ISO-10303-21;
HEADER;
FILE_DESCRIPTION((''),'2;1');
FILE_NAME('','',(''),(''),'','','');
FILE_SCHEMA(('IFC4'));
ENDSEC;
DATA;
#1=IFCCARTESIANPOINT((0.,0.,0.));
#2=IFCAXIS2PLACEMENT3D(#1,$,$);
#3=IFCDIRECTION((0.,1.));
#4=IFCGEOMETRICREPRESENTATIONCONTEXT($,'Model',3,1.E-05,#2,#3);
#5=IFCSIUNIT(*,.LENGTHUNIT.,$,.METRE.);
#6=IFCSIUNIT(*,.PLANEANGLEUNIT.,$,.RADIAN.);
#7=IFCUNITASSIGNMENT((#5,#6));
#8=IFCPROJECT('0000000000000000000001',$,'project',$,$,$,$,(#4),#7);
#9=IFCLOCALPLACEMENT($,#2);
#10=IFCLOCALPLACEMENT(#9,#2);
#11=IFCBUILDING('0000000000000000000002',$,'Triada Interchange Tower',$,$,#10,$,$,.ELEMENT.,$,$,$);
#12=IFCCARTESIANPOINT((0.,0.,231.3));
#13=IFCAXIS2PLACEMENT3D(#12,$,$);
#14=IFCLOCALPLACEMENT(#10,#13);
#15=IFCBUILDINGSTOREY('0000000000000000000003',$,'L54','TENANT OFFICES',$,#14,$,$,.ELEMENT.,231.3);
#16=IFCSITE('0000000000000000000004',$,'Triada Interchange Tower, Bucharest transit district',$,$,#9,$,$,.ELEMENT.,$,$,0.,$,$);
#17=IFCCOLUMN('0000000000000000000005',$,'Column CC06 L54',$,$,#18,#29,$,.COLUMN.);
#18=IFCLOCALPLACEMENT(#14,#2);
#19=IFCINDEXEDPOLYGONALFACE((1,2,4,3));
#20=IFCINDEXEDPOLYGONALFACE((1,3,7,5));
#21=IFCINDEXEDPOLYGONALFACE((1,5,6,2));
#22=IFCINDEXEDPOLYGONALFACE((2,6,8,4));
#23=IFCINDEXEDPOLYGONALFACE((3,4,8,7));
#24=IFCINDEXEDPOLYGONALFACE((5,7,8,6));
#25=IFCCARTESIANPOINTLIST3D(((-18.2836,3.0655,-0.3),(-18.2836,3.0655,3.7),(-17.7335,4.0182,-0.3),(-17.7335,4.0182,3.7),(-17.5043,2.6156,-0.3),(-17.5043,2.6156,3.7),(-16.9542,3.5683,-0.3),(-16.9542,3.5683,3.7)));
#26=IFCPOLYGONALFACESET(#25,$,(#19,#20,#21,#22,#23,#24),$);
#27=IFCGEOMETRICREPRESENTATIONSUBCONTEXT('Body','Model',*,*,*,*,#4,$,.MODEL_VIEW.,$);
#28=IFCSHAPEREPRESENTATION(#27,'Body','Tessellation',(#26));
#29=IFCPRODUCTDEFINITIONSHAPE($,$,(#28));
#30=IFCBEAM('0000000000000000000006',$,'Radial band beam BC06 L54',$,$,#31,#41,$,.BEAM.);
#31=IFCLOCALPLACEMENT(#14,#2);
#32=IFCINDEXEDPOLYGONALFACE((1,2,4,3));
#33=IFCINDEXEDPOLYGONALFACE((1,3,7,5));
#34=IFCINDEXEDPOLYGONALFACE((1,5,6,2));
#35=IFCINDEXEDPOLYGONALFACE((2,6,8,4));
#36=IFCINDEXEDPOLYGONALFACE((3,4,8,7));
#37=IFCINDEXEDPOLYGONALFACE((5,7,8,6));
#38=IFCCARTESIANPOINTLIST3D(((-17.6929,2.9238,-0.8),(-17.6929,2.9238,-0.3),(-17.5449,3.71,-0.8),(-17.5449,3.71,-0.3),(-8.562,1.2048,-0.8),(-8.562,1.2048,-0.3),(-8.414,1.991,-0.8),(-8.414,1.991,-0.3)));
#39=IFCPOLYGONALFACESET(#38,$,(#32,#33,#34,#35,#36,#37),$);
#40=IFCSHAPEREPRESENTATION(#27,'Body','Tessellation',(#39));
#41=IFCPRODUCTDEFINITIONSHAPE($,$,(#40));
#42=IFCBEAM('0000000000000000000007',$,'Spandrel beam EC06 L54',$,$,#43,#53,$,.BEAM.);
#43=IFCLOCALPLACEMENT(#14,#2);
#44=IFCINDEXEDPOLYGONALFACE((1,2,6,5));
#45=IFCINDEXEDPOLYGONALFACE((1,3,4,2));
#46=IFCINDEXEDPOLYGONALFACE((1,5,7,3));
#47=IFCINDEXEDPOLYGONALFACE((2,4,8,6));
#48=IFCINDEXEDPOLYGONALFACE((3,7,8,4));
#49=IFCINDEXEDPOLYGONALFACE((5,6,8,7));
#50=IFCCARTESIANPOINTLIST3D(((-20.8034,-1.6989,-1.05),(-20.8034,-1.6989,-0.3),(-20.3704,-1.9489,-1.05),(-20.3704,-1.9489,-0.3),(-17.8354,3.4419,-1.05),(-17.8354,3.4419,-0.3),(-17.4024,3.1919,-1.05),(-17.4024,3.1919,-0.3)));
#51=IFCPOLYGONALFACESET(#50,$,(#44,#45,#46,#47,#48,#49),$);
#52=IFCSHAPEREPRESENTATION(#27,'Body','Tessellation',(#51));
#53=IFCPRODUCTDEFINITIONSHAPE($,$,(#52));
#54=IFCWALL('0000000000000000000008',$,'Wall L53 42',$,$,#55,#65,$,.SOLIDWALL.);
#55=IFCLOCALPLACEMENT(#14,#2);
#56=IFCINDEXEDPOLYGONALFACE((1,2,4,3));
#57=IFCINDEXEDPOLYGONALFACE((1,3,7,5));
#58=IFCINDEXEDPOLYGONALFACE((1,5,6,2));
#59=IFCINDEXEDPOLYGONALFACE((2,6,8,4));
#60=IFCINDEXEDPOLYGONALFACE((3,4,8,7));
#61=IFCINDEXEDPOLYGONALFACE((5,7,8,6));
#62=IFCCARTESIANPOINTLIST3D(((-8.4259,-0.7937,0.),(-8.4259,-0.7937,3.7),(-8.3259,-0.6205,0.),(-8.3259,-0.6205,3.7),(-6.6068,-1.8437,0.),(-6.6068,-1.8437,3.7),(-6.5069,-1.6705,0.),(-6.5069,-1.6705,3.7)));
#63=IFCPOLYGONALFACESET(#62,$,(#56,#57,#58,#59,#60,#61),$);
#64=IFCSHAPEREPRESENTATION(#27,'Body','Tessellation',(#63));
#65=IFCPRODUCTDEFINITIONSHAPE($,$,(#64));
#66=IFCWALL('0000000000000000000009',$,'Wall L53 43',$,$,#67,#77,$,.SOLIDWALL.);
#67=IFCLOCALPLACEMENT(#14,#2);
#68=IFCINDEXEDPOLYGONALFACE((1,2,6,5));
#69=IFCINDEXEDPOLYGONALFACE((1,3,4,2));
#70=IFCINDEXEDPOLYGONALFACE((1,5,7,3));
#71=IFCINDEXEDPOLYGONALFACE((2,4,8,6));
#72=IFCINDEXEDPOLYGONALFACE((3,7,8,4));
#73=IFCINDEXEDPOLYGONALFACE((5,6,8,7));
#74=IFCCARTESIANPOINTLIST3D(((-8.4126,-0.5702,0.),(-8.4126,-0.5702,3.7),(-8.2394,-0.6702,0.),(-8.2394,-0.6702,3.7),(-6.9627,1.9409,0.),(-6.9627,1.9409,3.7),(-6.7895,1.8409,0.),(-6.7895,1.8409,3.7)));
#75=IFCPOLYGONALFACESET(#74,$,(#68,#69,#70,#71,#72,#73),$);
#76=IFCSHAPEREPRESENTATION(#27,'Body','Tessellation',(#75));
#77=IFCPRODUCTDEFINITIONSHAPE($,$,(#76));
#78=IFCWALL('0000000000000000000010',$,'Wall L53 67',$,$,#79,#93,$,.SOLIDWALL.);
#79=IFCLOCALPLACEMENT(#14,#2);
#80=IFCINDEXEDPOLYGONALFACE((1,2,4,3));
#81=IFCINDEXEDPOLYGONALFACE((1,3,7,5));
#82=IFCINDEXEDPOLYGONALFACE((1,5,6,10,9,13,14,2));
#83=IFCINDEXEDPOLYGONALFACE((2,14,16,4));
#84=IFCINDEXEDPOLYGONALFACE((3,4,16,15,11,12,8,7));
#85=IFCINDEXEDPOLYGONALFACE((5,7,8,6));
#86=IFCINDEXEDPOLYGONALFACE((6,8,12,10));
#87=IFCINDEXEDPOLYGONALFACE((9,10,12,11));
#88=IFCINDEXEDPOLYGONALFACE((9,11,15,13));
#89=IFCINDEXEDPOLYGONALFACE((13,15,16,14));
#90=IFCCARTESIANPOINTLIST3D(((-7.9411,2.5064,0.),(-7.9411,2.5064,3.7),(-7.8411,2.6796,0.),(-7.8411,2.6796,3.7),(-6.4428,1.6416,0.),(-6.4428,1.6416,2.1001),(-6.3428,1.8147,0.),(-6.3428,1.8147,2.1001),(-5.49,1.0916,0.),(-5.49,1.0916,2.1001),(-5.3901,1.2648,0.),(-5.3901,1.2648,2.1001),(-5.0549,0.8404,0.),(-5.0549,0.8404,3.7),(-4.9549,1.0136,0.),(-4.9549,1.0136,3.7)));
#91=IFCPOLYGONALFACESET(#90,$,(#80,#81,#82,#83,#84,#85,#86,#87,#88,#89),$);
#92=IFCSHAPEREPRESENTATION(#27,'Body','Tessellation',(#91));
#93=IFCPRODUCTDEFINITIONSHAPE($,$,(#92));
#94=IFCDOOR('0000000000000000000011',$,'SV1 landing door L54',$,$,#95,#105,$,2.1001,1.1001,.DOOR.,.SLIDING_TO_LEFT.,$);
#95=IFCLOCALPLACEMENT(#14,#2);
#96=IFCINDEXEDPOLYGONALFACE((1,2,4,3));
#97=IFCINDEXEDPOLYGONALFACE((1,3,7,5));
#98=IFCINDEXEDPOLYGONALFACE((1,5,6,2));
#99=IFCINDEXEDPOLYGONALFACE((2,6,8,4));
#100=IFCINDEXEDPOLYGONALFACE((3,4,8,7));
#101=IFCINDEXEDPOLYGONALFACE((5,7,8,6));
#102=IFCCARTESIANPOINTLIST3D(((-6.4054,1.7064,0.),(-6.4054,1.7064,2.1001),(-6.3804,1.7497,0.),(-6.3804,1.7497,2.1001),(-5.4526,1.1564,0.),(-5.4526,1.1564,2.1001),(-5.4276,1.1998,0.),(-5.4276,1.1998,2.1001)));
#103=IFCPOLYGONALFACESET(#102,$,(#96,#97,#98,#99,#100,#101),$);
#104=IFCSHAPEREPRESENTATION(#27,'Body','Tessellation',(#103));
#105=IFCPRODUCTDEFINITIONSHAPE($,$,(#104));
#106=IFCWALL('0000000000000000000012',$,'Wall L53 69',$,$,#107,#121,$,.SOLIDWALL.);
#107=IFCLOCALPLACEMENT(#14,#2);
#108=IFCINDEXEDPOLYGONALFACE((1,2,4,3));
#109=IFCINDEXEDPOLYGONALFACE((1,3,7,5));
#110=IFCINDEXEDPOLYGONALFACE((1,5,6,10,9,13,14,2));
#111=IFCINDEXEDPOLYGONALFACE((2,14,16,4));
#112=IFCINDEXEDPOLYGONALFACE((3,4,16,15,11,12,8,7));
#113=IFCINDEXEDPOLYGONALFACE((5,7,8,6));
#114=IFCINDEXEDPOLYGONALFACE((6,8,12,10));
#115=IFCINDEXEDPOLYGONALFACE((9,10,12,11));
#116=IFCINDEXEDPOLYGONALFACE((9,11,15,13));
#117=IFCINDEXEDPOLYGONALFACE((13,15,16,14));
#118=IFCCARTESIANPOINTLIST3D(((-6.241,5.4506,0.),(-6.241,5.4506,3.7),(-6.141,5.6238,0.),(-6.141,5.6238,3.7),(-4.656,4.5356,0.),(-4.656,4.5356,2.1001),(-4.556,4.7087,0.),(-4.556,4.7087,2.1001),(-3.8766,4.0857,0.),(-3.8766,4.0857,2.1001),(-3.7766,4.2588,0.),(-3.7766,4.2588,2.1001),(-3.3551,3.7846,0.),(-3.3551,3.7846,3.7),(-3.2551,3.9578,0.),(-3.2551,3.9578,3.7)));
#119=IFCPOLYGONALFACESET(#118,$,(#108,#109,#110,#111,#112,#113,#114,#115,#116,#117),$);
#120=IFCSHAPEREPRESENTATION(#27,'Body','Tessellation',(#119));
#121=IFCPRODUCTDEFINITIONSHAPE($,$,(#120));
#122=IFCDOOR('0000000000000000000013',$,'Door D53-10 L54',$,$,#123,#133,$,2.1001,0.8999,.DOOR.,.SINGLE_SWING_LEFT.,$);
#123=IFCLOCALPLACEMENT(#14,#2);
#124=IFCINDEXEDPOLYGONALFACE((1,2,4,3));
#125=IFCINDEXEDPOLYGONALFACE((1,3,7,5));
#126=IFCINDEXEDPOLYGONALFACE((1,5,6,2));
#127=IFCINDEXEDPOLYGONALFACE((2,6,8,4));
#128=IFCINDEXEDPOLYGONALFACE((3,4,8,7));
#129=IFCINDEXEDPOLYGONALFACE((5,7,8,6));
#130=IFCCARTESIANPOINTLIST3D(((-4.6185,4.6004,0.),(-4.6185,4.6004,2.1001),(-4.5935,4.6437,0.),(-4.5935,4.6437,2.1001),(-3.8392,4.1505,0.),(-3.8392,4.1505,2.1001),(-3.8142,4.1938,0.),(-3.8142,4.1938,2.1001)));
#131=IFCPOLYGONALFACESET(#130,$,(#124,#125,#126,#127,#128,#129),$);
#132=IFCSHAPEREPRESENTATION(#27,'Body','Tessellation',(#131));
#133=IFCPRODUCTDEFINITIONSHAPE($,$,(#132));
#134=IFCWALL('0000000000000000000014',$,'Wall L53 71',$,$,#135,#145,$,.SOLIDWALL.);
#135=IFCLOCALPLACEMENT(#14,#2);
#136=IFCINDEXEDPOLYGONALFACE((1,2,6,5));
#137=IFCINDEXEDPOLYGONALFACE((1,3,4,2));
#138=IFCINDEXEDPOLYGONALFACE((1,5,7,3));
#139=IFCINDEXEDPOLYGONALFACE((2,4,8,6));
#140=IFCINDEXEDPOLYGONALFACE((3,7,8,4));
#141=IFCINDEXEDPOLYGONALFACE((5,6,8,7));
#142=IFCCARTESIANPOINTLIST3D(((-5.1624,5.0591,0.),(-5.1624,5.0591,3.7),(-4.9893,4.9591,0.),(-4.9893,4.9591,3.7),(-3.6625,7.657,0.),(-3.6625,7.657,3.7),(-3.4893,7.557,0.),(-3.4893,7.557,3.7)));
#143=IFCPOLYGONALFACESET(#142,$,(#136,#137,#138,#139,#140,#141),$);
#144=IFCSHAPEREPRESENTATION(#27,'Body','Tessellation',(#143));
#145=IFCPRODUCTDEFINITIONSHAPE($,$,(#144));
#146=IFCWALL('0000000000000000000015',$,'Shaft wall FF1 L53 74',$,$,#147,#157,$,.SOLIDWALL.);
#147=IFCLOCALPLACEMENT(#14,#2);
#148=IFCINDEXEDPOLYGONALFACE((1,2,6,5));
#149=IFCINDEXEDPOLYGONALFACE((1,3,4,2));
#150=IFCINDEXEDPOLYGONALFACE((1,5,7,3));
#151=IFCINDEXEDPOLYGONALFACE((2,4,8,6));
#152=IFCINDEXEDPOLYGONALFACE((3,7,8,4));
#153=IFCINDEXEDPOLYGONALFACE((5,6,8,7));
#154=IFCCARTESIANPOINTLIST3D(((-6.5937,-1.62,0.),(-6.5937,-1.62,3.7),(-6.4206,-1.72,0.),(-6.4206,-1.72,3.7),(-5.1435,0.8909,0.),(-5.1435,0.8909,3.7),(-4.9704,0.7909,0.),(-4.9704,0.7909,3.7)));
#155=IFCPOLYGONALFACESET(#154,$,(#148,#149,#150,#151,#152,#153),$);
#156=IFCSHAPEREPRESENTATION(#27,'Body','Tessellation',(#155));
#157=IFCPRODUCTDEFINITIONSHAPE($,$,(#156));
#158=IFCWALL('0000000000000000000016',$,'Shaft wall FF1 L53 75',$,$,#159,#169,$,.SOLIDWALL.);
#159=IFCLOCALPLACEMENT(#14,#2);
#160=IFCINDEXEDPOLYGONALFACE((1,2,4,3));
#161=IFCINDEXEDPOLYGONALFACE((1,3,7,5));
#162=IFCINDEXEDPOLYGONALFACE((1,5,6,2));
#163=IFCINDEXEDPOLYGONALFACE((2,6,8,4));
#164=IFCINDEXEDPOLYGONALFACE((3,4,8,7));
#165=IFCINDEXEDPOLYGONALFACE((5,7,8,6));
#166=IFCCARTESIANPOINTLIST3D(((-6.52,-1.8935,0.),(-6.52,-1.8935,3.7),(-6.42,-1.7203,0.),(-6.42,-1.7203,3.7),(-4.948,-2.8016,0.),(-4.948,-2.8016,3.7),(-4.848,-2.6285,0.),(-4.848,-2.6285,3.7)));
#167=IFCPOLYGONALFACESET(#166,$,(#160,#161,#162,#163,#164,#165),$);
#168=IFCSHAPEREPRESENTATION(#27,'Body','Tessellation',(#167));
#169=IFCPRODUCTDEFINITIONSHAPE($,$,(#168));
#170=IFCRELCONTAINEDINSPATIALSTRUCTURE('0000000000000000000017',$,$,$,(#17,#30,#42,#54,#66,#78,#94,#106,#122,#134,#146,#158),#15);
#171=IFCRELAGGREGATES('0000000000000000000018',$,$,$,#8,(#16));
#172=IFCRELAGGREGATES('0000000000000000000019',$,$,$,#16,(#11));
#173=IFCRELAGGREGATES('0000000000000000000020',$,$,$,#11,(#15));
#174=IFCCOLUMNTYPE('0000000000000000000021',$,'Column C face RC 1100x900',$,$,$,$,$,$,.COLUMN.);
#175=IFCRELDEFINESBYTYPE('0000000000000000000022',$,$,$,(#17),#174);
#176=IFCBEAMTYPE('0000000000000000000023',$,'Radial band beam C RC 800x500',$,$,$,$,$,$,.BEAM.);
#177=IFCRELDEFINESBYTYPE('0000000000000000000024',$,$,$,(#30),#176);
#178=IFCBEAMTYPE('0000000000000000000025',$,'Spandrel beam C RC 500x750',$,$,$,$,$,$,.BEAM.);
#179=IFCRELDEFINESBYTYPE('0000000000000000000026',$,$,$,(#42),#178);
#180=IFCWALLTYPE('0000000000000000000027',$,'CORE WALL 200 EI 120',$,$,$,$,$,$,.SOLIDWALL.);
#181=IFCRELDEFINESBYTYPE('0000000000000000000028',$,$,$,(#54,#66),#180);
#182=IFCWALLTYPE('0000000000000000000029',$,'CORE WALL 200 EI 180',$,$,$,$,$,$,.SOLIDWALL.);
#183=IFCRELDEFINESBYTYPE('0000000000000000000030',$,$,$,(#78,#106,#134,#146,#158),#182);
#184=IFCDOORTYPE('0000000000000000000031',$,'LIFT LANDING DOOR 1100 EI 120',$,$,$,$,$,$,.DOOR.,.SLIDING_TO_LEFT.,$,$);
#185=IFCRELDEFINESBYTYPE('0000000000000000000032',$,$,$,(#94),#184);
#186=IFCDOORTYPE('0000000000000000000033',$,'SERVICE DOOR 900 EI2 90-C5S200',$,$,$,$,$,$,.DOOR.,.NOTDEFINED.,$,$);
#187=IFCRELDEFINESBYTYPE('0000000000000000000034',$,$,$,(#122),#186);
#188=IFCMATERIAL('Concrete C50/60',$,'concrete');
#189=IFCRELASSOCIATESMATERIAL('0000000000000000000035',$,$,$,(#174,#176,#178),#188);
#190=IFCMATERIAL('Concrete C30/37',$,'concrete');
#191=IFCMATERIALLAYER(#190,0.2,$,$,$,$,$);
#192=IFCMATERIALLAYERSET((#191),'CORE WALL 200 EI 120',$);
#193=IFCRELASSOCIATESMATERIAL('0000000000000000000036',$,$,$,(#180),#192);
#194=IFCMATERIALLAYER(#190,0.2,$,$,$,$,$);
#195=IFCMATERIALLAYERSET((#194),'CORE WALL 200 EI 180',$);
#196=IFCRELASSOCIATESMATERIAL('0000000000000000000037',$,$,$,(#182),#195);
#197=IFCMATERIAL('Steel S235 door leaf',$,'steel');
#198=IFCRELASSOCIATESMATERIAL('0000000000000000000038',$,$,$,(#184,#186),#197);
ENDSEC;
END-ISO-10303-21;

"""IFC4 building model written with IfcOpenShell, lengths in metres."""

from ifc_helpers import new_model, si_unit, direction, frame, frame_2d, origin, origin_2d, place, context, subcontext, project, spatial, rectangle, extrude, material, layer, layer_set, material_profile, profile_set, type_object, element, fill, save


model = new_model("IFC4")

# Units and contexts
model_context = context("Model", 3, precision=1e-05, world=origin(), true_north=direction((0.0, 1.0)))
body_context = subcontext(model_context, "Body", "Model", "MODEL_VIEW")
ifc_project = project(units=[si_unit("LENGTHUNIT", "METRE"), si_unit("PLANEANGLEUNIT", "RADIAN")], contexts=[model_context])

# Site, building, storey
site_placement = place(None, origin())
site = spatial("IfcSite", under=ifc_project, at=site_placement, Name="Triada Interchange Tower, Bucharest transit district", CompositionType="ELEMENT", RefElevation=0.0)
building_placement = place(site_placement, origin())
building = spatial("IfcBuilding", under=site, at=building_placement, Name="Triada Interchange Tower", CompositionType="ELEMENT")
storey_placement = place(building_placement, frame((0.0, 0.0, 231.3)))
storey = spatial("IfcBuildingStorey", under=building, at=storey_placement, Name="L54", Description="TENANT OFFICES", CompositionType="ELEMENT", Elevation=231.3)

# Column
ifc_material_1 = material(Name="Concrete C50/60", Category="concrete")
ifc_material_profile_1 = material_profile(ifc_material_1, rectangle(XDim=1.1001, YDim=0.8999, at=origin_2d()), Name="RC 1100x900")
ifc_profile_set_1 = profile_set([ifc_material_profile_1], Name="Concrete C50/60")
column_type = type_object("IfcColumnType", Name="Column C face RC 1100x900", PredefinedType="COLUMN", material=ifc_profile_set_1)
column_placement = place(storey_placement, frame((-17.6189, 3.3169, -0.3), z_axis=(0.0, 0.0, 1.0), x_axis=(0.5, 0.866025, 0.0)))
element("IfcColumn", 1, at=column_placement, inside=storey, type_object=column_type, Name="Column CC06 L54", PredefinedType="COLUMN", context=body_context, shape_type="SweptSolid", body=[
    extrude(rectangle(XDim=1.1001, YDim=0.8999, at=origin_2d()), origin(), (0.0, 0.0, 1.0), 4.0),
])

# Beams
ifc_material_profile_2 = material_profile(ifc_material_1, rectangle(XDim=0.8, YDim=0.5, at=origin_2d()), Name="RC 800x500")
ifc_profile_set_2 = profile_set([ifc_material_profile_2], Name="Concrete C50/60")
beam_type_1 = type_object("IfcBeamType", Name="Radial band beam C RC 800x500", PredefinedType="BEAM", material=ifc_profile_set_2)
beam_1_placement = place(storey_placement, frame((-17.6189, 3.3169, -0.55), z_axis=(0.982736, -0.185012, 0.0), x_axis=(0.185012, 0.982736, 0.0)))
element("IfcBeam", 2, at=beam_1_placement, inside=storey, type_object=beam_type_1, Name="Radial band beam BC06 L54", PredefinedType="BEAM", context=body_context, shape_type="SweptSolid", body=[
    extrude(rectangle(XDim=0.8, YDim=0.5, at=origin_2d()), origin(), (0.0, 0.0, 1.0), 9.2913),
])
ifc_material_profile_3 = material_profile(ifc_material_1, rectangle(XDim=0.5, YDim=0.75, at=origin_2d()), Name="RC 500x750")
ifc_profile_set_3 = profile_set([ifc_material_profile_3], Name="Concrete C50/60")
beam_type_2 = type_object("IfcBeamType", Name="Spandrel beam C RC 500x750", PredefinedType="BEAM", material=ifc_profile_set_3)
beam_2_placement = place(storey_placement, frame((-17.6189, 3.3169, -0.675), z_axis=(-0.499992, -0.86603, 0.0), x_axis=(0.86603, -0.499992, 0.0)))
element("IfcBeam", 3, at=beam_2_placement, inside=storey, type_object=beam_type_2, Name="Spandrel beam EC06 L54", PredefinedType="BEAM", context=body_context, shape_type="SweptSolid", body=[
    extrude(rectangle(XDim=0.5, YDim=0.75, at=origin_2d()), origin(), (0.0, 0.0, 1.0), 5.936),
])

# Walls
ifc_material_2 = material(Name="Concrete C30/37", Category="concrete")
ifc_layer_1 = layer(ifc_material_2, 0.2)
ifc_layer_set_1 = layer_set([ifc_layer_1], Name="CORE WALL 200 EI 120")
wall_type_1 = type_object("IfcWallType", Name="CORE WALL 200 EI 120", PredefinedType="SOLIDWALL", material=ifc_layer_set_1)
wall_1_placement = place(storey_placement, frame((-8.376, -0.707, 0.0), z_axis=(0.0, 0.0, 1.0), x_axis=(0.866068, -0.499927, 0.0)))
element("IfcWall", 4, at=wall_1_placement, inside=storey, type_object=wall_type_1, Name="Wall L53 42", PredefinedType="SOLIDWALL", context=body_context, shape_type="SweptSolid", body=[
    extrude(rectangle(XDim=2.1003, YDim=0.2, at=frame_2d((1.0503, 0.0))), origin(), (0.0, 0.0, 1.0), 3.7),
])
wall_2_placement = place(storey_placement, frame((-8.3259, -0.6201, 0.0), z_axis=(0.0, 0.0, 1.0), x_axis=(0.500024, 0.866012, 0.0)))
element("IfcWall", 5, at=wall_2_placement, inside=storey, type_object=wall_type_1, Name="Wall L53 43", PredefinedType="SOLIDWALL", context=body_context, shape_type="SweptSolid", body=[
    extrude(rectangle(XDim=2.8997, YDim=0.2, at=frame_2d((1.4497, 0.0))), origin(), (0.0, 0.0, 1.0), 3.7),
])

# Walls, openings, doors
ifc_layer_2 = layer(ifc_material_2, 0.2)
ifc_layer_set_2 = layer_set([ifc_layer_2], Name="CORE WALL 200 EI 180")
wall_type_2 = type_object("IfcWallType", Name="CORE WALL 200 EI 180", PredefinedType="SOLIDWALL", material=ifc_layer_set_2)
wall_3_placement = place(storey_placement, frame((-7.8911, 2.593, 0.0), z_axis=(0.0, 0.0, 1.0), x_axis=(0.866071, -0.499921, 0.0)))
wall_3 = element("IfcWall", 6, at=wall_3_placement, inside=storey, type_object=wall_type_2, Name="Wall L53 67", PredefinedType="SOLIDWALL", context=body_context, shape_type="SweptSolid", body=[
    extrude(rectangle(XDim=3.3325, YDim=0.2, at=frame_2d((1.6663, 0.0))), origin(), (0.0, 0.0, 1.0), 3.7),
])
opening_1_placement = place(wall_3_placement, frame((1.73, 0.0, 0.0)))
opening_1 = element("IfcOpeningElement", 7, at=opening_1_placement, cuts=wall_3, PredefinedType="OPENING", context=body_context, shape_type="SweptSolid", body=[
    extrude(rectangle(XDim=1.1001, YDim=2.1001, at=frame_2d((0.55, 1.05))), frame((0.0, 0.1099, 0.0), z_axis=(0.0, -1.0, 0.0), x_axis=(1.0, 0.0, 0.0)), (0.0, 0.0, 1.0), 0.22),
])
ifc_material_3 = material(Name="Steel S235 door leaf", Category="steel")
door_type_1 = type_object("IfcDoorType", Name="LIFT LANDING DOOR 1100 EI 120", OperationType="SLIDING_TO_LEFT", PredefinedType="DOOR", material=ifc_material_3)
door_1_placement = place(opening_1_placement, origin())
door_1 = element("IfcDoor", 8, at=door_1_placement, inside=storey, type_object=door_type_1, Name="SV1 landing door L54", OperationType="SLIDING_TO_LEFT", OverallHeight=2.1001, OverallWidth=1.1001, PredefinedType="DOOR", context=body_context, shape_type="SweptSolid", body=[
    extrude(rectangle(XDim=1.1001, YDim=2.1001, at=frame_2d((0.55, 1.05))), frame((0.0, 0.0249, 0.0), z_axis=(0.0, -1.0, 0.0), x_axis=(1.0, 0.0, 0.0)), (0.0, 0.0, 1.0), 0.05),
])
fill(opening_1, door_1)
wall_4_placement = place(storey_placement, frame((-6.1909, 5.5371, 0.0), z_axis=(0.0, 0.0, 1.0), x_axis=(0.866053, -0.499953, 0.0)))
wall_4 = element("IfcWall", 9, at=wall_4_placement, inside=storey, type_object=wall_type_2, Name="Wall L53 69", PredefinedType="SOLIDWALL", context=body_context, shape_type="SweptSolid", body=[
    extrude(rectangle(XDim=3.3323, YDim=0.2, at=frame_2d((1.666, 0.0))), origin(), (0.0, 0.0, 1.0), 3.7),
])
opening_2_placement = place(wall_4_placement, frame((1.8301, 0.0, 0.0)))
opening_2 = element("IfcOpeningElement", 10, at=opening_2_placement, cuts=wall_4, PredefinedType="OPENING", context=body_context, shape_type="SweptSolid", body=[
    extrude(rectangle(XDim=0.8999, YDim=2.1001, at=frame_2d((0.45, 1.05))), frame((0.0, 0.1099, 0.0), z_axis=(0.0, -1.0, 0.0), x_axis=(1.0, 0.0, 0.0)), (0.0, 0.0, 1.0), 0.22),
])
door_type_2 = type_object("IfcDoorType", Name="SERVICE DOOR 900 EI2 90-C5S200", OperationType="NOTDEFINED", PredefinedType="DOOR", material=ifc_material_3)
door_2_placement = place(opening_2_placement, origin())
door_2 = element("IfcDoor", 11, at=door_2_placement, inside=storey, type_object=door_type_2, Name="Door D53-10 L54", OperationType="SINGLE_SWING_LEFT", OverallHeight=2.1001, OverallWidth=0.8999, PredefinedType="DOOR", context=body_context, shape_type="SweptSolid", body=[
    extrude(rectangle(XDim=0.8999, YDim=2.1001, at=frame_2d((0.45, 1.05))), frame((0.0, 0.0249, 0.0), z_axis=(0.0, -1.0, 0.0), x_axis=(1.0, 0.0, 0.0)), (0.0, 0.0, 1.0), 0.05),
])
fill(opening_2, door_2)

# Walls
wall_5_placement = place(storey_placement, frame((-5.0759, 5.009, 0.0), z_axis=(0.0, 0.0, 1.0), x_axis=(0.500025, 0.866011, 0.0)))
element("IfcWall", 12, at=wall_5_placement, inside=storey, type_object=wall_type_2, Name="Wall L53 71", PredefinedType="SOLIDWALL", context=body_context, shape_type="SweptSolid", body=[
    extrude(rectangle(XDim=2.9998, YDim=0.2, at=frame_2d((1.5, 0.0))), origin(), (0.0, 0.0, 1.0), 3.7),
])
wall_6_placement = place(storey_placement, frame((-6.5071, -1.6699, 0.0), z_axis=(0.0, 0.0, 1.0), x_axis=(0.500123, 0.865954, 0.0)))
element("IfcWall", 13, at=wall_6_placement, inside=storey, type_object=wall_type_2, Name="Shaft wall FF1 L53 74", PredefinedType="SOLIDWALL", context=body_context, shape_type="SweptSolid", body=[
    extrude(rectangle(XDim=2.8997, YDim=0.2, at=frame_2d((1.4497, 0.0))), origin(), (0.0, 0.0, 1.0), 3.7),
])
wall_7_placement = place(storey_placement, frame((-6.47, -1.8069, 0.0), z_axis=(0.0, 0.0, 1.0), x_axis=(0.865883, -0.500246, 0.0)))
element("IfcWall", 14, at=wall_7_placement, inside=storey, type_object=wall_type_2, Name="Shaft wall FF1 L53 75", PredefinedType="SOLIDWALL", context=body_context, shape_type="SweptSolid", body=[
    extrude(rectangle(XDim=1.8154, YDim=0.2, at=frame_2d((0.9077, 0.0))), origin(), (0.0, 0.0, 1.0), 3.7),
])

save(model, "model.ifc")
